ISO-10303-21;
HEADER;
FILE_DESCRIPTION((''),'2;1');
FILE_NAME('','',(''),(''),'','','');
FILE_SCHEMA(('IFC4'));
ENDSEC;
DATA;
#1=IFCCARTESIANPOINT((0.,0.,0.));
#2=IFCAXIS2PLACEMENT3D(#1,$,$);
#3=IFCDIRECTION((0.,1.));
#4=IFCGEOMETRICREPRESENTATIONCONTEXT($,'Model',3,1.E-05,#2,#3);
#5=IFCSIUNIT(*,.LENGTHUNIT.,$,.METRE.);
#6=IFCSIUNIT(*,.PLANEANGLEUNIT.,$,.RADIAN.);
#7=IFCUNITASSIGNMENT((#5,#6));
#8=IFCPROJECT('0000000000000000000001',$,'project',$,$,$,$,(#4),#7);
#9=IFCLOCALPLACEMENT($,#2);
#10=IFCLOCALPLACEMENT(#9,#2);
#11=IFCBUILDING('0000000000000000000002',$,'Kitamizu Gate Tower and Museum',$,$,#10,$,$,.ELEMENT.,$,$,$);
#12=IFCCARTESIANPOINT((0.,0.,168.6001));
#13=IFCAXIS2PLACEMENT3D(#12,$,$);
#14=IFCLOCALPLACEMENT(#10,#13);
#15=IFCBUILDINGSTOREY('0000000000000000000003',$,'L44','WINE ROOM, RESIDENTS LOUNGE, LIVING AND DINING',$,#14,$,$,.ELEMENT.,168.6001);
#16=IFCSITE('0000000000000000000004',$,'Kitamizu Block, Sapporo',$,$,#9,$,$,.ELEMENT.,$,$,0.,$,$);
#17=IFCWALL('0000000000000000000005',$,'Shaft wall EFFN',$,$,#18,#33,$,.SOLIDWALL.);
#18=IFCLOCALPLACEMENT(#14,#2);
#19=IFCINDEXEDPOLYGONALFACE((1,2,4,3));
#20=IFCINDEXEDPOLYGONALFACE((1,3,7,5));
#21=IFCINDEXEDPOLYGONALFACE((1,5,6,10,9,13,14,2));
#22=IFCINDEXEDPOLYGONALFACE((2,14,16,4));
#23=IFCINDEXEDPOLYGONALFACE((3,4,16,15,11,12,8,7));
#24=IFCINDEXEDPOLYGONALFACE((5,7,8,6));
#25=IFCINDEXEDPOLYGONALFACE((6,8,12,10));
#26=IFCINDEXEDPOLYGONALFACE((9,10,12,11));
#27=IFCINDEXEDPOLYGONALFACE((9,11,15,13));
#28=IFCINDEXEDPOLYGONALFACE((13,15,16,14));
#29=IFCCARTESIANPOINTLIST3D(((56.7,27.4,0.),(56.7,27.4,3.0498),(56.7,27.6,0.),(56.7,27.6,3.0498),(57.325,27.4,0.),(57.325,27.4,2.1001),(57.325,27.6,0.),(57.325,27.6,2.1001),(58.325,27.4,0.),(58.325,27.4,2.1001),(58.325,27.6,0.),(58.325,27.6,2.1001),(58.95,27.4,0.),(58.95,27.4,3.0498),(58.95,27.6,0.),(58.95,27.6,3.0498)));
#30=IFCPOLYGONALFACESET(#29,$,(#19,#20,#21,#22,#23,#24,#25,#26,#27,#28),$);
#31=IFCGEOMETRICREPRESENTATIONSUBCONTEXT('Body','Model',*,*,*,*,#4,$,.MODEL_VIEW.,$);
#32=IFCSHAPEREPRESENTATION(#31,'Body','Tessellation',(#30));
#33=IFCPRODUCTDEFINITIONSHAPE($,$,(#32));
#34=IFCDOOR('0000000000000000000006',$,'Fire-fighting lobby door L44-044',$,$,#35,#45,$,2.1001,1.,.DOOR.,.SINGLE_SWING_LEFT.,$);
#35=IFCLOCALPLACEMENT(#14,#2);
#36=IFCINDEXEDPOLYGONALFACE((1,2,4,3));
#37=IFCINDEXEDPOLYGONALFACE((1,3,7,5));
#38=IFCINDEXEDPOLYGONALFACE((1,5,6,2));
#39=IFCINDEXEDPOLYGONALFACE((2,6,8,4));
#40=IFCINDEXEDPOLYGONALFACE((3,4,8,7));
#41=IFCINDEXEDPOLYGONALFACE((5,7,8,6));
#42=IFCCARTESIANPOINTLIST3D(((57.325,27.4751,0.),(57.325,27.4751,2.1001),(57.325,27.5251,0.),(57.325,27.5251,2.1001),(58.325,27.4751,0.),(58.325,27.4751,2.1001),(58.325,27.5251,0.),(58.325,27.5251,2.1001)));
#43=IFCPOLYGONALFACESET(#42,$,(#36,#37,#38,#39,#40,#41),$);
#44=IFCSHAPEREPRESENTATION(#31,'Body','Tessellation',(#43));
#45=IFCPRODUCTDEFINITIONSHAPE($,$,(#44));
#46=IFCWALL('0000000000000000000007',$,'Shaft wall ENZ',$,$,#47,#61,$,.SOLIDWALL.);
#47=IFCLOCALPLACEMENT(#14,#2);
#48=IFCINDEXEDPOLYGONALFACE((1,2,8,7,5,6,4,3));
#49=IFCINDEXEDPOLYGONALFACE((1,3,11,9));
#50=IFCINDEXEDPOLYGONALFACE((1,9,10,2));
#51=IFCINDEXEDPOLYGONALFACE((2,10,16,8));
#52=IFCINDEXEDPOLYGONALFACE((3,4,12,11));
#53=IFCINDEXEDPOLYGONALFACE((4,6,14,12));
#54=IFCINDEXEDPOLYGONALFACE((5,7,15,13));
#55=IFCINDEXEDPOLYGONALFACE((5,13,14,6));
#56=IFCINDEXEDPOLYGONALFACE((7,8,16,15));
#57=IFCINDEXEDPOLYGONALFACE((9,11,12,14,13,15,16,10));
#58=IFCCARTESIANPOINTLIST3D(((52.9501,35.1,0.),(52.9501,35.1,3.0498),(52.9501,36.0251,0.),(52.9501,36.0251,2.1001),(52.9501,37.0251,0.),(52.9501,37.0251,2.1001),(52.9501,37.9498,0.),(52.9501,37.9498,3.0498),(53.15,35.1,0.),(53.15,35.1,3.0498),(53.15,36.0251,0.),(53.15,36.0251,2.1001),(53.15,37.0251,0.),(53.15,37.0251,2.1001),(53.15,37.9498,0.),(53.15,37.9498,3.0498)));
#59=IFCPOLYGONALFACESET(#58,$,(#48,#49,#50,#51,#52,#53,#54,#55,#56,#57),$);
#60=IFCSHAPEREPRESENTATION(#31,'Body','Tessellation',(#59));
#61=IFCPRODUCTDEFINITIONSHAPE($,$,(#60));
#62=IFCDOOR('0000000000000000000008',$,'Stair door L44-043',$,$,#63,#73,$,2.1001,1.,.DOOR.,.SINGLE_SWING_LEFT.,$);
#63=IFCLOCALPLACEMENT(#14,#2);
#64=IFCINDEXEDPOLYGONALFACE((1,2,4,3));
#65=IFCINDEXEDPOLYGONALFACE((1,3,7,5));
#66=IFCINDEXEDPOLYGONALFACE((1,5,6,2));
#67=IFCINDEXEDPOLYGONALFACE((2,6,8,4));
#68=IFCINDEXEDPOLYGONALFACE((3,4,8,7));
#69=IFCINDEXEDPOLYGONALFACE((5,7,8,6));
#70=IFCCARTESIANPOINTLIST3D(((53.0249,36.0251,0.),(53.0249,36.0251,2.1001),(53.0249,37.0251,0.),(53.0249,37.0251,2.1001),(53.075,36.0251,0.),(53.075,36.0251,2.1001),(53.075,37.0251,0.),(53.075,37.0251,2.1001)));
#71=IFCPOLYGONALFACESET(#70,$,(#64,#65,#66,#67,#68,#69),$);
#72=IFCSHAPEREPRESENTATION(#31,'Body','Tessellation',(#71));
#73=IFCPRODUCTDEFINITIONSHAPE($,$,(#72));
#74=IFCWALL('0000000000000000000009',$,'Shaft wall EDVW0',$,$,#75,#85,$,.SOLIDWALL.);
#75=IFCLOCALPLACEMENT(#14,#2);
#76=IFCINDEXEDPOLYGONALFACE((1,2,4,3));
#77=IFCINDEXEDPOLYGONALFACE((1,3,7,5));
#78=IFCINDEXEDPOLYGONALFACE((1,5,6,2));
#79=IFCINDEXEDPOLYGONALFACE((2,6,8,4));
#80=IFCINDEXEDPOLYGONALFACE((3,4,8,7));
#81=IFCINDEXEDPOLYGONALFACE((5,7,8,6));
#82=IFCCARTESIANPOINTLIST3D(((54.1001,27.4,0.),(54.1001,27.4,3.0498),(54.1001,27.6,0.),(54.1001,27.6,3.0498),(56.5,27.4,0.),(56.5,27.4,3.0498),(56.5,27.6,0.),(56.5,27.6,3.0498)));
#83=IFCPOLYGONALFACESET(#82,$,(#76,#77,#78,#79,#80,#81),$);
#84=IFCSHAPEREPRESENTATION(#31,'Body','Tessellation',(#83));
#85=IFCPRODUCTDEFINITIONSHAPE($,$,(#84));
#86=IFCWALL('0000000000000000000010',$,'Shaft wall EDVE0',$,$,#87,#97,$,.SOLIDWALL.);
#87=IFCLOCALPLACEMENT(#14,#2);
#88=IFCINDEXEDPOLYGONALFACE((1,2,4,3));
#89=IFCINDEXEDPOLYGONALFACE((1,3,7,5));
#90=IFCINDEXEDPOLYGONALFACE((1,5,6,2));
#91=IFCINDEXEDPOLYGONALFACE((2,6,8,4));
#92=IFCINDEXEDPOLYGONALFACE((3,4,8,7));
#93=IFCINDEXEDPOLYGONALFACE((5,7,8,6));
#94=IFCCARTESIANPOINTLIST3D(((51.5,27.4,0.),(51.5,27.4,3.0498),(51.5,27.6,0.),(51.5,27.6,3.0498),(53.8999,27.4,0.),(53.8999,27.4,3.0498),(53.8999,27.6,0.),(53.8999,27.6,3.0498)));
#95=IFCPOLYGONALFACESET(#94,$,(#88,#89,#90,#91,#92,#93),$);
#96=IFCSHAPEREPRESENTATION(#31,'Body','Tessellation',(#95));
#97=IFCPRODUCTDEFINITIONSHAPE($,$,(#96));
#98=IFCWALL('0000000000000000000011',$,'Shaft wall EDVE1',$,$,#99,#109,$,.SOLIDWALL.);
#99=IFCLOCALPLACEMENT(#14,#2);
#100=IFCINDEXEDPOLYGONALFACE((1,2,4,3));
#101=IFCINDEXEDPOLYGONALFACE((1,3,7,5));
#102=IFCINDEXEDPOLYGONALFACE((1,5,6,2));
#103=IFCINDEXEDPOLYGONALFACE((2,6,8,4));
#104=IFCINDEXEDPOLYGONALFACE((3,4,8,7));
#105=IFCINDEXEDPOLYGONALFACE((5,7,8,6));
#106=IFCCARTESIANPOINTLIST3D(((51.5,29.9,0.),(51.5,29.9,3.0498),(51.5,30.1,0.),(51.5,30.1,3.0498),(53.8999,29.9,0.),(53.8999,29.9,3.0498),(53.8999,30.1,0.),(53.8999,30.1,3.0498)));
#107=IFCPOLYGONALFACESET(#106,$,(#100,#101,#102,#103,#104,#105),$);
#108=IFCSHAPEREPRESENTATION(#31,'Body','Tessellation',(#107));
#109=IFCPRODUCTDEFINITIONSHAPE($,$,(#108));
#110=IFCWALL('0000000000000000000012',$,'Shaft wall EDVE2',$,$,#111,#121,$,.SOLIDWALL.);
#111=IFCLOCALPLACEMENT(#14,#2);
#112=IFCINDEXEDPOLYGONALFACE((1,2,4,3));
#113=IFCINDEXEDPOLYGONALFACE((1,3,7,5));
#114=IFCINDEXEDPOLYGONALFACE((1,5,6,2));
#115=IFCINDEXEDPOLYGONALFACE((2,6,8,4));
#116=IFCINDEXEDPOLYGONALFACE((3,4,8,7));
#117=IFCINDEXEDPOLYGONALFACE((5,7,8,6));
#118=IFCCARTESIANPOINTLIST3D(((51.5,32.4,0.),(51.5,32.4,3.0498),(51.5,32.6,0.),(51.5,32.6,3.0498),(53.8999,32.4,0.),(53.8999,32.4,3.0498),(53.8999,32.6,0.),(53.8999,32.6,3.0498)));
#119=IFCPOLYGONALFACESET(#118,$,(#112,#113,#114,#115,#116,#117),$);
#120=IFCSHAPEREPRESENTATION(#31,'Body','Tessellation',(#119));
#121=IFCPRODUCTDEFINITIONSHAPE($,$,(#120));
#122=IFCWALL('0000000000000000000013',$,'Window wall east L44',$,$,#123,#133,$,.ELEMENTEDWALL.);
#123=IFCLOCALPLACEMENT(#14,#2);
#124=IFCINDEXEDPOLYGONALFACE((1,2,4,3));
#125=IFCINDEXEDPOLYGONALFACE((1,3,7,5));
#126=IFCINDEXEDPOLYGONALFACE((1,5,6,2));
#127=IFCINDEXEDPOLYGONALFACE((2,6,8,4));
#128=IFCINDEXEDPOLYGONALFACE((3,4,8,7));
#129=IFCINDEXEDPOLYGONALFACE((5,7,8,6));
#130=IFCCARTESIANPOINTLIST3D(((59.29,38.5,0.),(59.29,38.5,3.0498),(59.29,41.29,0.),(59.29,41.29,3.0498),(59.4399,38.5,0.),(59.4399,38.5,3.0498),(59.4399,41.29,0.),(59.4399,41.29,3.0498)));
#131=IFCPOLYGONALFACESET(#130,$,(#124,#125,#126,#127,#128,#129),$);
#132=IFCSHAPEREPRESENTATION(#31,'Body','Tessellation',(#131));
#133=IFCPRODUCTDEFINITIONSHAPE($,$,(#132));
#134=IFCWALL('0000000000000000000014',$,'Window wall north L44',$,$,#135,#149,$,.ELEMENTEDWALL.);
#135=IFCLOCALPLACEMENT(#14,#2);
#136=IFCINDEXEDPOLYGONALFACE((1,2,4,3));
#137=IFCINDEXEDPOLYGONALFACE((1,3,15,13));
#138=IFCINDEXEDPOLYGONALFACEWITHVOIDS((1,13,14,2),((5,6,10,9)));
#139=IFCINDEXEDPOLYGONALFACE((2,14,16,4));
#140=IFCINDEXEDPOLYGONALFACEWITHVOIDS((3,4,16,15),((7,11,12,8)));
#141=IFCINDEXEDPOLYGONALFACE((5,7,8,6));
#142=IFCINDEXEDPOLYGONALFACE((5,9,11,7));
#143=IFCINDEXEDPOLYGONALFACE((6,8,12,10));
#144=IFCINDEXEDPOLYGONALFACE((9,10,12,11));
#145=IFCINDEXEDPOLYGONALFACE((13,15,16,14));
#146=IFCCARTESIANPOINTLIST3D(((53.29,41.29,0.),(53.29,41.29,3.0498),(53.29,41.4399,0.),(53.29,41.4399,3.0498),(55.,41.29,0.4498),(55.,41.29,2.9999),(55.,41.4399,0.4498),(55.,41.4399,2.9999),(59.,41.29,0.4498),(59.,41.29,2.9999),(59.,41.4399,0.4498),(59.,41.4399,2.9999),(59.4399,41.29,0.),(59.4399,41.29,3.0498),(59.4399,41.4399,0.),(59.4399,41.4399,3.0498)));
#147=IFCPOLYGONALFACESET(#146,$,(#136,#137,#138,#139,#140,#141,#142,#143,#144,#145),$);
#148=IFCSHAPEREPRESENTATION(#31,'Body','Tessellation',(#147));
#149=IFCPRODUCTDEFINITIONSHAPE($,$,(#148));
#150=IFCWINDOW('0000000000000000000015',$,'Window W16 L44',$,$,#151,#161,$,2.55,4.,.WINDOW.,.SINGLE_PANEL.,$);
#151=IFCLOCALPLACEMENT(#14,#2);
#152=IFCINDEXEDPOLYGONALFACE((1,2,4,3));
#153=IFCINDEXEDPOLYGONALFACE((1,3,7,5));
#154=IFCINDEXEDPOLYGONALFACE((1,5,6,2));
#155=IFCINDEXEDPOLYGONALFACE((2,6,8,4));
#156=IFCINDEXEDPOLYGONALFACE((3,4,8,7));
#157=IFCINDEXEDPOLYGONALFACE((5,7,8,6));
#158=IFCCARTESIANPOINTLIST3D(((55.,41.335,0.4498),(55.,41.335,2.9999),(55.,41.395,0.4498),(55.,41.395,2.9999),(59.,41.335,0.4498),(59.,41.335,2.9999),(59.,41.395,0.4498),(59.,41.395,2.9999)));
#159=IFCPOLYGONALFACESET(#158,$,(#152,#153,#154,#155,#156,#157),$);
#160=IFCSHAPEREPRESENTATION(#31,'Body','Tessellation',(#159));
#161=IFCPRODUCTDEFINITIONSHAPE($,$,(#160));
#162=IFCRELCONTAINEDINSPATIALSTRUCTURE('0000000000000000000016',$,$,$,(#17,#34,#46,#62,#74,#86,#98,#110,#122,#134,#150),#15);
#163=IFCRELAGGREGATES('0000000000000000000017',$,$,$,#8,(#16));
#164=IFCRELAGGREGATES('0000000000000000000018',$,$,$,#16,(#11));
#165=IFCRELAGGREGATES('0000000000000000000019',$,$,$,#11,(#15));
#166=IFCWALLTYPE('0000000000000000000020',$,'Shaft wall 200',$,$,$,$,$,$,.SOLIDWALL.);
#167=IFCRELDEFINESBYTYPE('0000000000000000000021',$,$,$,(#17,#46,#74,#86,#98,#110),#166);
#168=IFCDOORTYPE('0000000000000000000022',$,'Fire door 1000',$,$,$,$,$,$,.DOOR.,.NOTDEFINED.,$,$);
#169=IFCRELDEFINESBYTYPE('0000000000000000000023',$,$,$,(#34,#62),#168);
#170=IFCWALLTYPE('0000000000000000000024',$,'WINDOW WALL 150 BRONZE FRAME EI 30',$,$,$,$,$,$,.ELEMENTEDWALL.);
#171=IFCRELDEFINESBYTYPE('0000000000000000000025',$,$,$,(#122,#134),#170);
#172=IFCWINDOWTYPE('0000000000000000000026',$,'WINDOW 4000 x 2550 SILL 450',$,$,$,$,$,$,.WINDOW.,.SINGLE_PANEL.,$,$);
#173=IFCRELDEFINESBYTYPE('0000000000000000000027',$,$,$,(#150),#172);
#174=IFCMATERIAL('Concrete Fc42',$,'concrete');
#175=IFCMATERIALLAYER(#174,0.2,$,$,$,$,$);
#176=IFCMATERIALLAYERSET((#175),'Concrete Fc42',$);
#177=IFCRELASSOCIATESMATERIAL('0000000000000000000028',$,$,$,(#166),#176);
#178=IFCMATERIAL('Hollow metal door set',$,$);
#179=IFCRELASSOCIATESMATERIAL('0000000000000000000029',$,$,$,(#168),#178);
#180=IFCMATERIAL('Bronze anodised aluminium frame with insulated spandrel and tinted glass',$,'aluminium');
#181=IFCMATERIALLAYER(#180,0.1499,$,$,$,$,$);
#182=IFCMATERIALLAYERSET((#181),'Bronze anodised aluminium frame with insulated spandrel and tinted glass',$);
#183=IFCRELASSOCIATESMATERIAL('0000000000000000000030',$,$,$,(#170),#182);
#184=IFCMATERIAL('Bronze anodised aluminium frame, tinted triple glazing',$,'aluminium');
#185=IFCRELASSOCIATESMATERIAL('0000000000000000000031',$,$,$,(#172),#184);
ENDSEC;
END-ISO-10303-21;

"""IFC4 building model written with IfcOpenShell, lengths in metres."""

from ifc_helpers import new_model, si_unit, direction, frame, frame_2d, origin, place, context, subcontext, project, spatial, rectangle, extrude, material, layer, layer_set, type_object, element, fill, save


model = new_model("IFC4")

# Units and contexts
model_context = context("Model", 3, precision=1e-05, world=origin(), true_north=direction((0.0, 1.0)))
body_context = subcontext(model_context, "Body", "Model", "MODEL_VIEW")
ifc_project = project(units=[si_unit("LENGTHUNIT", "METRE"), si_unit("PLANEANGLEUNIT", "RADIAN")], contexts=[model_context])

# Site, building, storey
site_placement = place(None, origin())
site = spatial("IfcSite", under=ifc_project, at=site_placement, Name="Kitamizu Block, Sapporo", CompositionType="ELEMENT", RefElevation=0.0)
building_placement = place(site_placement, origin())
building = spatial("IfcBuilding", under=site, at=building_placement, Name="Kitamizu Gate Tower and Museum", CompositionType="ELEMENT")
storey_placement = place(building_placement, frame((0.0, 0.0, 168.6001)))
storey = spatial("IfcBuildingStorey", under=building, at=storey_placement, Name="L44", Description="WINE ROOM, RESIDENTS LOUNGE, LIVING AND DINING", CompositionType="ELEMENT", Elevation=168.6001)

# Shared definitions
ifc_material_1 = material(Name="Concrete Fc42", Category="concrete")
ifc_layer_1 = layer(ifc_material_1, 0.2)
ifc_layer_set_1 = layer_set([ifc_layer_1], Name="Concrete Fc42")
wall_type_1 = type_object("IfcWallType", Name="Shaft wall 200", PredefinedType="SOLIDWALL", material=ifc_layer_set_1)

# Walls, openings, doors
wall_1_placement = place(storey_placement, frame((58.95, 27.5, 0.0), z_axis=(0.0, 0.0, 1.0), x_axis=(-1.0, 0.0, 0.0)))
wall_1 = element("IfcWall", 1, at=wall_1_placement, inside=storey, type_object=wall_type_1, Name="Shaft wall EFFN", PredefinedType="SOLIDWALL", context=body_context, shape_type="SweptSolid", body=[
    extrude(rectangle(XDim=2.25, YDim=0.2, at=frame_2d((1.125, 0.0))), origin(), (0.0, 0.0, 1.0), 3.0498),
])
opening_1_placement = place(wall_1_placement, frame((0.625, 0.0, 0.0)))
opening_1 = element("IfcOpeningElement", 2, at=opening_1_placement, cuts=wall_1, PredefinedType="OPENING", context=body_context, shape_type="SweptSolid", body=[
    extrude(rectangle(XDim=1.0, YDim=2.1001, at=frame_2d((0.5, 1.05))), frame((0.0, 0.1099, 0.0), z_axis=(0.0, -1.0, 0.0), x_axis=(1.0, 0.0, 0.0)), (0.0, 0.0, 1.0), 0.22),
])
ifc_material_2 = material(Name="Hollow metal door set")
door_type_1 = type_object("IfcDoorType", Name="Fire door 1000", OperationType="NOTDEFINED", PredefinedType="DOOR", material=ifc_material_2)
door_1_placement = place(opening_1_placement, origin())
door_1 = element("IfcDoor", 3, at=door_1_placement, inside=storey, type_object=door_type_1, Name="Fire-fighting lobby door L44-044", OperationType="SINGLE_SWING_LEFT", OverallHeight=2.1001, OverallWidth=1.0, PredefinedType="DOOR", context=body_context, shape_type="SweptSolid", body=[
    extrude(rectangle(XDim=1.0, YDim=2.1001, at=frame_2d((0.5, 1.05))), frame((0.0, 0.0249, 0.0), z_axis=(0.0, -1.0, 0.0), x_axis=(1.0, 0.0, 0.0)), (0.0, 0.0, 1.0), 0.05),
])
fill(opening_1, door_1)
wall_2_placement = place(storey_placement, frame((53.05, 35.1001, 0.0), z_axis=(0.0, 0.0, 1.0), x_axis=(0.0, 1.0, 0.0)))
wall_2 = element("IfcWall", 4, at=wall_2_placement, inside=storey, type_object=wall_type_1, Name="Shaft wall ENZ", PredefinedType="SOLIDWALL", context=body_context, shape_type="SweptSolid", body=[
    extrude(rectangle(XDim=2.8499, YDim=0.2, at=frame_2d((1.4248, 0.0))), origin(), (0.0, 0.0, 1.0), 3.0498),
])
opening_2_placement = place(wall_2_placement, frame((0.925, 0.0, 0.0)))
opening_2 = element("IfcOpeningElement", 5, at=opening_2_placement, cuts=wall_2, PredefinedType="OPENING", context=body_context, shape_type="SweptSolid", body=[
    extrude(rectangle(XDim=1.0, YDim=2.1001, at=frame_2d((0.5, 1.05))), frame((0.0, 0.1099, 0.0), z_axis=(0.0, -1.0, 0.0), x_axis=(1.0, 0.0, 0.0)), (0.0, 0.0, 1.0), 0.22),
])
door_2_placement = place(opening_2_placement, frame((1.0, 0.0, 0.0), x_axis=(-1.0, 0.0, 0.0)))
door_2 = element("IfcDoor", 6, at=door_2_placement, inside=storey, type_object=door_type_1, Name="Stair door L44-043", OperationType="SINGLE_SWING_LEFT", OverallHeight=2.1001, OverallWidth=1.0, PredefinedType="DOOR", context=body_context, shape_type="SweptSolid", body=[
    extrude(rectangle(XDim=1.0, YDim=2.1001, at=frame_2d((0.5, 1.05))), frame((0.0, 0.0249, 0.0), z_axis=(0.0, -1.0, 0.0), x_axis=(1.0, 0.0, 0.0)), (0.0, 0.0, 1.0), 0.05),
])
fill(opening_2, door_2)

# Walls
for number, where, z_axis, x_axis, name in (
    (7, (56.5, 27.5, 0.0), (0.0, 0.0, 1.0), (-1.0, 0.0, 0.0), "Shaft wall EDVW0"),
    (8, (53.8999, 27.5, 0.0), (0.0, 0.0, 1.0), (-1.0, 0.0, 0.0), "Shaft wall EDVE0"),
    (9, (53.8999, 30.0, 0.0), (0.0, 0.0, 1.0), (-1.0, 0.0, 0.0), "Shaft wall EDVE1"),
    (10, (53.8999, 32.5, 0.0), (0.0, 0.0, 1.0), (-1.0, 0.0, 0.0), "Shaft wall EDVE2"),
):
    element("IfcWall", number, at=place(storey_placement, frame(where, z_axis=z_axis, x_axis=x_axis)), inside=storey, type_object=wall_type_1, Name=name, PredefinedType="SOLIDWALL", context=body_context, shape_type="SweptSolid", body=[
        extrude(rectangle(XDim=2.3999, YDim=0.2, at=frame_2d((1.2, 0.0))), origin(), (0.0, 0.0, 1.0), 3.0498),
    ])
ifc_material_3 = material(Name="Bronze anodised aluminium frame with insulated spandrel and tinted glass", Category="aluminium")
ifc_layer_2 = layer(ifc_material_3, 0.1499)
ifc_layer_set_2 = layer_set([ifc_layer_2], Name="Bronze anodised aluminium frame with insulated spandrel and tinted glass")
wall_type_2 = type_object("IfcWallType", Name="WINDOW WALL 150 BRONZE FRAME EI 30", PredefinedType="ELEMENTEDWALL", material=ifc_layer_set_2)
wall_3_placement = place(storey_placement, frame((59.365, 38.5, 0.0), z_axis=(0.0, 0.0, 1.0), x_axis=(0.0, 1.0, 0.0)))
element("IfcWall", 11, at=wall_3_placement, inside=storey, type_object=wall_type_2, Name="Window wall east L44", PredefinedType="ELEMENTEDWALL", context=body_context, shape_type="SweptSolid", body=[
    extrude(rectangle(XDim=2.79, YDim=0.1499, at=frame_2d((1.395, 0.0))), origin(), (0.0, 0.0, 1.0), 3.0498),
])

# Wall, opening, window
wall_4_placement = place(storey_placement, frame((53.29, 41.365, 0.0), z_axis=(0.0, 0.0, 1.0), x_axis=(1.0, 0.0, 0.0)))
wall_4 = element("IfcWall", 12, at=wall_4_placement, inside=storey, type_object=wall_type_2, Name="Window wall north L44", PredefinedType="ELEMENTEDWALL", context=body_context, shape_type="SweptSolid", body=[
    extrude(rectangle(XDim=6.1499, YDim=0.1499, at=frame_2d((3.075, 0.0))), origin(), (0.0, 0.0, 1.0), 3.0498),
])
opening_3_placement = place(wall_4_placement, frame((1.71, 0.0, 0.45)))
opening_3 = element("IfcOpeningElement", 13, at=opening_3_placement, cuts=wall_4, PredefinedType="OPENING", context=body_context, shape_type="SweptSolid", body=[
    extrude(rectangle(XDim=4.0, YDim=2.55, at=frame_2d((2.0, 1.2749))), frame((0.0, 0.085, 0.0), z_axis=(0.0, -1.0, 0.0), x_axis=(1.0, 0.0, 0.0)), (0.0, 0.0, 1.0), 0.1699),
])
ifc_material_4 = material(Name="Bronze anodised aluminium frame, tinted triple glazing", Category="aluminium")
window_type = type_object("IfcWindowType", Name="WINDOW 4000 x 2550 SILL 450", PartitioningType="SINGLE_PANEL", PredefinedType="WINDOW", material=ifc_material_4)
window_1_placement = place(opening_3_placement, origin())
window_1 = element("IfcWindow", 14, at=window_1_placement, inside=storey, type_object=window_type, Name="Window W16 L44", OverallHeight=2.55, OverallWidth=4.0, PartitioningType="SINGLE_PANEL", PredefinedType="WINDOW", context=body_context, shape_type="SweptSolid", body=[
    extrude(rectangle(XDim=4.0, YDim=2.55, at=frame_2d((2.0, 1.2749))), frame((0.0, 0.03, 0.0), z_axis=(0.0, -1.0, 0.0), x_axis=(1.0, 0.0, 0.0)), (0.0, 0.0, 1.0), 0.0601),
])
fill(opening_3, window_1)

save(model, "model.ifc")
